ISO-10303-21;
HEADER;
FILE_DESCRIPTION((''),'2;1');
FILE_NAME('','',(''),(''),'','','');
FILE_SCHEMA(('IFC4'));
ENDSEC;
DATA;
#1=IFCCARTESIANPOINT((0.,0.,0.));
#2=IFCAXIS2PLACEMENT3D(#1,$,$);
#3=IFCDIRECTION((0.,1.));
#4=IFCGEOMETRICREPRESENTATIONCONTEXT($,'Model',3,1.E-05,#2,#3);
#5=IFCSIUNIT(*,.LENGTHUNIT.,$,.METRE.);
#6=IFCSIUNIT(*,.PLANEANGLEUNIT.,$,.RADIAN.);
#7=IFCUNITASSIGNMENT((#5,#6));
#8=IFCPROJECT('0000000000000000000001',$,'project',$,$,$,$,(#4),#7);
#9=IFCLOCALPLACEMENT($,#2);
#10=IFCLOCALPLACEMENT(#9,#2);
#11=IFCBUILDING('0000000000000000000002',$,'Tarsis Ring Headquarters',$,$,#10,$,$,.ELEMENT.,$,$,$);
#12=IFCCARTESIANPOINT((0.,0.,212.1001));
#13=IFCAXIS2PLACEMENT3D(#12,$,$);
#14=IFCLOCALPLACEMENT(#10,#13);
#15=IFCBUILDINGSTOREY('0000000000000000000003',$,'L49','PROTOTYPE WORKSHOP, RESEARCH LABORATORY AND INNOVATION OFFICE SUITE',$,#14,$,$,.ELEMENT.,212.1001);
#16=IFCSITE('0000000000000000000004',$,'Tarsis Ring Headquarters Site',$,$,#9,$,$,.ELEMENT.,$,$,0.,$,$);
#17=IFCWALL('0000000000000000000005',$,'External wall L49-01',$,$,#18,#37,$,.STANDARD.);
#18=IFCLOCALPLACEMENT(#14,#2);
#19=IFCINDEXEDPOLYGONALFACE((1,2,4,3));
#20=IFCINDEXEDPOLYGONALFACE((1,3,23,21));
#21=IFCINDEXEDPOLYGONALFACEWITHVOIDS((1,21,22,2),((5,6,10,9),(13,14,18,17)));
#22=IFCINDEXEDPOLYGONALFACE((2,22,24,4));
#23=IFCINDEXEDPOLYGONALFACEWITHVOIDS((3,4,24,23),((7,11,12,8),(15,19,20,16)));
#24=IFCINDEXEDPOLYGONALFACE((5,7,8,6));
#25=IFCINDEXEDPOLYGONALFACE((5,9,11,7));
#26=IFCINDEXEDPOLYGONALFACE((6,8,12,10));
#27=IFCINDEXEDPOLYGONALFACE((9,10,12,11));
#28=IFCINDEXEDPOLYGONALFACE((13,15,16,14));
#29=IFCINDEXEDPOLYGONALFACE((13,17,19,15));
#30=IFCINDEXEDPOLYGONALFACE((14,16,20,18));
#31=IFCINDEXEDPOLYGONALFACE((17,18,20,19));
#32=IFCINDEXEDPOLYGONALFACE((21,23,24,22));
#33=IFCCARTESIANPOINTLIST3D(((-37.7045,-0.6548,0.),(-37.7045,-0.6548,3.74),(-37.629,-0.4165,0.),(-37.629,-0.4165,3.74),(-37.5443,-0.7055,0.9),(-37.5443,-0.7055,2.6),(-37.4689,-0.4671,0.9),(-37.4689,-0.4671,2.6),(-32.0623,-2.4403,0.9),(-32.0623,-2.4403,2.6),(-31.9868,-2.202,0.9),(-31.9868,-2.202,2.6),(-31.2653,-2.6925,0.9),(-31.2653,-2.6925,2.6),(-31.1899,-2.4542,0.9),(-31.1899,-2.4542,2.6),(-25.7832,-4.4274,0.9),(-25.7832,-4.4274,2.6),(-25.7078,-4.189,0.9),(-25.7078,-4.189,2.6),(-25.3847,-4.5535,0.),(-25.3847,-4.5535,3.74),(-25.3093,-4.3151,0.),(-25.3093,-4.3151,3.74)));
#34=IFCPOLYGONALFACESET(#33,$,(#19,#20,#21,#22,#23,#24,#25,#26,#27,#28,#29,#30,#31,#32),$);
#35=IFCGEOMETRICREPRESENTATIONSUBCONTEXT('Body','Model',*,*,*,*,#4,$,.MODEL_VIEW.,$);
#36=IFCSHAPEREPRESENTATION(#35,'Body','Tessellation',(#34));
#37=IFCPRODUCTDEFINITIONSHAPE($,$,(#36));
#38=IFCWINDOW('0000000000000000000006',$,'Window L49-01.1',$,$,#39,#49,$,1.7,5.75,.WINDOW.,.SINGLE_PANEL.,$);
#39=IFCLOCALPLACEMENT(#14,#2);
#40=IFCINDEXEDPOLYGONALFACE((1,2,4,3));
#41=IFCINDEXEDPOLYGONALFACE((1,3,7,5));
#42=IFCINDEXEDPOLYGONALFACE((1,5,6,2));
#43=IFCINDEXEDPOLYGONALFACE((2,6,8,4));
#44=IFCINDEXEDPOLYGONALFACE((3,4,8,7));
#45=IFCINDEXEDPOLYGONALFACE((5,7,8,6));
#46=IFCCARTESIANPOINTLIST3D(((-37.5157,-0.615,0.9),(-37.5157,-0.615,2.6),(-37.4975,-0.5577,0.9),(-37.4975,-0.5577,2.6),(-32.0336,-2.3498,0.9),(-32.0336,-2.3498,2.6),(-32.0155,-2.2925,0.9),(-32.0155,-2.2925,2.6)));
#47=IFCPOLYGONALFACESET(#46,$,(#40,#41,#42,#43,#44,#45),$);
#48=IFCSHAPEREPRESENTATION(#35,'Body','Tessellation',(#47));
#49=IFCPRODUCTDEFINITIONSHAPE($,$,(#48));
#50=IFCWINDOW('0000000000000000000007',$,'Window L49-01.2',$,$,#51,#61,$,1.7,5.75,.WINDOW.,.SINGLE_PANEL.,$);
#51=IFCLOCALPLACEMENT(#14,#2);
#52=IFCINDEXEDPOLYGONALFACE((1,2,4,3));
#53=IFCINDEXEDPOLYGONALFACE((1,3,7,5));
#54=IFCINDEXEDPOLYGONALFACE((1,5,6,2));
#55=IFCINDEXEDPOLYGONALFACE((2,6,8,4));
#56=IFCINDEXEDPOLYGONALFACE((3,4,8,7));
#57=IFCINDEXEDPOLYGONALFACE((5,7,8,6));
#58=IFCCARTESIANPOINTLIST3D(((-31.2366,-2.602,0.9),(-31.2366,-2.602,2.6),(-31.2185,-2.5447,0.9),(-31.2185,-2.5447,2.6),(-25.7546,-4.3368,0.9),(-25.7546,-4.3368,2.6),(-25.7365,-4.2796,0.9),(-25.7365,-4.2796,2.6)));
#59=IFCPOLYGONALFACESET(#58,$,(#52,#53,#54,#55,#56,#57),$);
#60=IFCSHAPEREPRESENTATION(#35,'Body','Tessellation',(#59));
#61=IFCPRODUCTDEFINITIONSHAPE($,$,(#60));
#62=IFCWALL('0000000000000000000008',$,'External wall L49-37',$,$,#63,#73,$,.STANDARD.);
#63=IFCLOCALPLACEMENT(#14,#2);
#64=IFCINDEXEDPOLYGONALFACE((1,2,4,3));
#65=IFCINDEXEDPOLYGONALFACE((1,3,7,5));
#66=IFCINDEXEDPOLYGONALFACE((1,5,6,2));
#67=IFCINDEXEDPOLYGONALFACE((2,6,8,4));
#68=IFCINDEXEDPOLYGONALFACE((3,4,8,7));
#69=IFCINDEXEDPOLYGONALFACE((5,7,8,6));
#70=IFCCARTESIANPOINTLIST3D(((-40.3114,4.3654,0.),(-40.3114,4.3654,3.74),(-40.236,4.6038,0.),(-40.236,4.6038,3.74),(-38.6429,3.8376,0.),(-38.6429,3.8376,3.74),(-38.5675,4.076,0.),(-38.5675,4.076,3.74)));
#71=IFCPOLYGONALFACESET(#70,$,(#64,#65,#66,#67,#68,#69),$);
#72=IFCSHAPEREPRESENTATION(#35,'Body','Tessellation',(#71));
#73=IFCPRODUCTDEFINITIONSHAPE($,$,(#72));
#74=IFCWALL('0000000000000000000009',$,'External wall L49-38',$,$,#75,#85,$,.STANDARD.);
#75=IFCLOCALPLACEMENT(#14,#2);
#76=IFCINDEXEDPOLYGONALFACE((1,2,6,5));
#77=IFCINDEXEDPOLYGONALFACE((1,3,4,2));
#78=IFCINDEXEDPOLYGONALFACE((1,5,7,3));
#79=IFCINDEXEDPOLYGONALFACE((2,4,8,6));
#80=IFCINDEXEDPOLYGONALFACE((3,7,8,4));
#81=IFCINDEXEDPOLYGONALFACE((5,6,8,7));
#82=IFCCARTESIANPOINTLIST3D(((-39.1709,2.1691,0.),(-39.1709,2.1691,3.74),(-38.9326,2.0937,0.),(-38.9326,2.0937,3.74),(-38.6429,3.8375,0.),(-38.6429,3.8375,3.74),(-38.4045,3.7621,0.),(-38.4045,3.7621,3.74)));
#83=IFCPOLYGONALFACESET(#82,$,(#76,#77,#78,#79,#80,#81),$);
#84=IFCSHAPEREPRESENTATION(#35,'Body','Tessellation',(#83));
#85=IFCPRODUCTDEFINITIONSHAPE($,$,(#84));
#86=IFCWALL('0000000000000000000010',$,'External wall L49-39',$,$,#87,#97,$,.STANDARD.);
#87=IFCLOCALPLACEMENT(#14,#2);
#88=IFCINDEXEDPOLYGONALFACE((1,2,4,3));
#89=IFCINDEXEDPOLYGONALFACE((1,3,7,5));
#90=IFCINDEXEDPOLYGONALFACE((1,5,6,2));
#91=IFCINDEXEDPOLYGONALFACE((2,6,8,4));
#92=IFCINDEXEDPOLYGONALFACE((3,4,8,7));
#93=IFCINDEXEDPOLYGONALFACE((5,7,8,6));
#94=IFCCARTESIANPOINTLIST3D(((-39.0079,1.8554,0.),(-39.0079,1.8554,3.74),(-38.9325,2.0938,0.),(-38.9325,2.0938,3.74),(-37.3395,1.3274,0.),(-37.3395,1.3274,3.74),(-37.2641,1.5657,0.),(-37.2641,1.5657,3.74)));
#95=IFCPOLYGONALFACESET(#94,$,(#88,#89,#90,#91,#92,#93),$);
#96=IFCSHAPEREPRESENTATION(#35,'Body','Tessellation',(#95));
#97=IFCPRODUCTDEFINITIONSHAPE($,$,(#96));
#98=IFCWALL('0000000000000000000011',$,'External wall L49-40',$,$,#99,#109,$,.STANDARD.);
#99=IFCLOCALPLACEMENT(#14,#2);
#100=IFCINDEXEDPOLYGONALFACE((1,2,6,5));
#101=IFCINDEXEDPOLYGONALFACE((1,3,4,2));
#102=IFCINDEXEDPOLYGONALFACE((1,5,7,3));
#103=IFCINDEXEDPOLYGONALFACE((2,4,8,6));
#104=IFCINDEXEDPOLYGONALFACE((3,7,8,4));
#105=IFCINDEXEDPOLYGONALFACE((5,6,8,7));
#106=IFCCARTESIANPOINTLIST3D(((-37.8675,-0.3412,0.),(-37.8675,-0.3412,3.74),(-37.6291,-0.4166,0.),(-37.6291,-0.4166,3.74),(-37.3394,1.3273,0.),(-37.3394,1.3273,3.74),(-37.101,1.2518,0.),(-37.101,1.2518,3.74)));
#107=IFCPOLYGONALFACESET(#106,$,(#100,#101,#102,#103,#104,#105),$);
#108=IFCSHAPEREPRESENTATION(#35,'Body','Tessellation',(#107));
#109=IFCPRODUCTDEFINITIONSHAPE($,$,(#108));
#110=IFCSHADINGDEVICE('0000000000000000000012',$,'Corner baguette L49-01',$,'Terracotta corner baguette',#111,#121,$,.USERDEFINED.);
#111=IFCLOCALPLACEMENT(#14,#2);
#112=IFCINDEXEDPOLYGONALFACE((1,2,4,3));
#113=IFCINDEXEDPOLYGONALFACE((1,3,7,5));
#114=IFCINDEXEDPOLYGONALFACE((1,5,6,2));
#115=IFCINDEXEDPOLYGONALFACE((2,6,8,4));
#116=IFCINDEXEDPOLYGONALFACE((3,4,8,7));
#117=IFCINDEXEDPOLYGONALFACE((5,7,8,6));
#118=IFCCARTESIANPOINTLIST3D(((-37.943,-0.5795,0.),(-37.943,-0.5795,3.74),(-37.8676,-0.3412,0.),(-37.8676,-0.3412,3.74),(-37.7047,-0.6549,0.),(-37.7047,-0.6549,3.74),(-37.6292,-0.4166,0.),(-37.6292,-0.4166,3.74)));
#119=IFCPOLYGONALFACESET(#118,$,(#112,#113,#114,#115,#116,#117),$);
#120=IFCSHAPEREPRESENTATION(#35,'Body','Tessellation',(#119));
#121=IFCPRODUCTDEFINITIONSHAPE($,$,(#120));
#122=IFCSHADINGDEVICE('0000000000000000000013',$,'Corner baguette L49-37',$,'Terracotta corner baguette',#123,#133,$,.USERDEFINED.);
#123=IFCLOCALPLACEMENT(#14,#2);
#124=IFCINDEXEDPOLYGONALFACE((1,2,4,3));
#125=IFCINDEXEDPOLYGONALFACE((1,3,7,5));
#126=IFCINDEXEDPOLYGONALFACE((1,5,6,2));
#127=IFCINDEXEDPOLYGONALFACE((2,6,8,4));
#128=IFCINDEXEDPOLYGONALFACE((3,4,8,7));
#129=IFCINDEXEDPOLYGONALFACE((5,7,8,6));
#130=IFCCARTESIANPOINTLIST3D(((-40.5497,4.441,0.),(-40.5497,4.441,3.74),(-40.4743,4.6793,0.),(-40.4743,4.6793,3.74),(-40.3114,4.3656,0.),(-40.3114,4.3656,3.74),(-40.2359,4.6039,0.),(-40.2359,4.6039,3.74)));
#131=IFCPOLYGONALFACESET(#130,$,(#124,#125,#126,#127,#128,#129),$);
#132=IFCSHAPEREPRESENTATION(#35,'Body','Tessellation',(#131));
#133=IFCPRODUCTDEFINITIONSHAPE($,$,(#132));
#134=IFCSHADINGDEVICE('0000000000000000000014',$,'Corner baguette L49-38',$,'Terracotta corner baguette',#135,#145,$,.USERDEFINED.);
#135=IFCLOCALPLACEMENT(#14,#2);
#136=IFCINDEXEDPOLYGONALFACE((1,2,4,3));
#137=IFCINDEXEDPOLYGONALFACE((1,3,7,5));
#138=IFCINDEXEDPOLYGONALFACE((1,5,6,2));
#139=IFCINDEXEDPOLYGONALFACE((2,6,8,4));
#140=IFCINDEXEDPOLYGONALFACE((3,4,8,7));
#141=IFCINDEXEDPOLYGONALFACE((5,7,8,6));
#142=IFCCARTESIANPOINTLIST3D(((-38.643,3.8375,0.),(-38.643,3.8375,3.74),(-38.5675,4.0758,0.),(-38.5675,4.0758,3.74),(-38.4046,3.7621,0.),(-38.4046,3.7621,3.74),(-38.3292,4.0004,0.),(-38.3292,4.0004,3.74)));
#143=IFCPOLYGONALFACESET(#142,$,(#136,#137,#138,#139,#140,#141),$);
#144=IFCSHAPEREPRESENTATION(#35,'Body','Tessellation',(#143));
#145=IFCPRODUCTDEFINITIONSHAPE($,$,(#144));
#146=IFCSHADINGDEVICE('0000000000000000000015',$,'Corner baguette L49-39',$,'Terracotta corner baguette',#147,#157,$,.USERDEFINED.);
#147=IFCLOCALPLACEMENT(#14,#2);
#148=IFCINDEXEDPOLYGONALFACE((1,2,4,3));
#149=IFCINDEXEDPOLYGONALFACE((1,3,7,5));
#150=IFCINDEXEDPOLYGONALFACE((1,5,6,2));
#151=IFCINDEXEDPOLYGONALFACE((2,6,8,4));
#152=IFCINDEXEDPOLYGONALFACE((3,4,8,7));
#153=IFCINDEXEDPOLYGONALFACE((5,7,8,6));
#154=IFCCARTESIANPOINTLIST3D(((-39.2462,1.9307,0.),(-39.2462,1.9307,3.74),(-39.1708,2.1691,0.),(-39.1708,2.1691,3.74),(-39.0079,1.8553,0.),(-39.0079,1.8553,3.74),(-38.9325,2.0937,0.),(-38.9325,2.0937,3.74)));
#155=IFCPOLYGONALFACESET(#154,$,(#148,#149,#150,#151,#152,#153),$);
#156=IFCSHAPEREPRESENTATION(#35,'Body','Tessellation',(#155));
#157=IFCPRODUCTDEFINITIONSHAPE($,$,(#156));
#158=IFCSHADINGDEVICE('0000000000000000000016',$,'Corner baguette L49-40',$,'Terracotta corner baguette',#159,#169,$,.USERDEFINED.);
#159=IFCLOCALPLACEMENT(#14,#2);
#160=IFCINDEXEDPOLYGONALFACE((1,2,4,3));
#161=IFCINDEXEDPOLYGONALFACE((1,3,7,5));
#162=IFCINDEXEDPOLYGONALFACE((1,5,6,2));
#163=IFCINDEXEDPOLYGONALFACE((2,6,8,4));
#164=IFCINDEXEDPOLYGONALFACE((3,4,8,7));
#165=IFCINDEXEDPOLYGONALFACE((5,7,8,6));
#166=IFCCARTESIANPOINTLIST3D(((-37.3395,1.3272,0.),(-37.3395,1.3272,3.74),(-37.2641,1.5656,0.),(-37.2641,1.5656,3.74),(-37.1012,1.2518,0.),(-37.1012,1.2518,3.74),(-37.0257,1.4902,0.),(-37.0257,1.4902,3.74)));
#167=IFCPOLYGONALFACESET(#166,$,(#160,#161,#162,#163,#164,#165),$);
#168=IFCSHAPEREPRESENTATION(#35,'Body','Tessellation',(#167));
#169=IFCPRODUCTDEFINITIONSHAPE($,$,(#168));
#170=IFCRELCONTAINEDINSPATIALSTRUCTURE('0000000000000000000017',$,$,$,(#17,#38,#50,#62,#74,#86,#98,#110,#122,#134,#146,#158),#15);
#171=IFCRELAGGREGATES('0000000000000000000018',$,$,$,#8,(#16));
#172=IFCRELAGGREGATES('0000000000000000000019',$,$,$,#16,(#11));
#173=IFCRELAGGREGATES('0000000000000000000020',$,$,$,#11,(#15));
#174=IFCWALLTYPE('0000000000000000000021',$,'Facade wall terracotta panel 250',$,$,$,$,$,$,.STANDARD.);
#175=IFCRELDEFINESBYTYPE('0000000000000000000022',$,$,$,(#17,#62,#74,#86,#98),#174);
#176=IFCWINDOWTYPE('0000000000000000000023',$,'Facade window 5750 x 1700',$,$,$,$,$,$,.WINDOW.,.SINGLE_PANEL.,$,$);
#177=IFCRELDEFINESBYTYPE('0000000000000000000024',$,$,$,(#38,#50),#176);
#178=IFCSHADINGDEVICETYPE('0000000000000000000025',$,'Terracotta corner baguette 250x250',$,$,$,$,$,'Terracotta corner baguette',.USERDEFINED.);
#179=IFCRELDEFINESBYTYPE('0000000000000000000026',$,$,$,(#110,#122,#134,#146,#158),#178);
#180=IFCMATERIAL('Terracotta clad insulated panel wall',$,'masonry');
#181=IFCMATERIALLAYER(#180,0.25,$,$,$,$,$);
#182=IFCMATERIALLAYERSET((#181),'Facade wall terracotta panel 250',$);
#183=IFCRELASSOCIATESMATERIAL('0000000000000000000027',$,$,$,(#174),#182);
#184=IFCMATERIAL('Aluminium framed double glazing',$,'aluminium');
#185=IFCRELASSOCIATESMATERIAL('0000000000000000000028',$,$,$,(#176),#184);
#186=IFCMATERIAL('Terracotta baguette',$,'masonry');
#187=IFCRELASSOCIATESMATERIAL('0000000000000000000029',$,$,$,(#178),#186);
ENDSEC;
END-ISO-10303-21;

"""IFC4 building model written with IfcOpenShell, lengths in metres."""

from ifc_helpers import new_model, si_unit, direction, frame, frame_2d, origin, origin_2d, place, context, subcontext, project, spatial, rectangle, extrude, material, layer, layer_set, type_object, element, fill, save


model = new_model("IFC4")

# Units and contexts
model_context = context("Model", 3, precision=1e-05, world=origin(), true_north=direction((0.0, 1.0)))
body_context = subcontext(model_context, "Body", "Model", "MODEL_VIEW")
ifc_project = project(units=[si_unit("LENGTHUNIT", "METRE"), si_unit("PLANEANGLEUNIT", "RADIAN")], contexts=[model_context])

# Site, building, storey
site_placement = place(None, origin())
site = spatial("IfcSite", under=ifc_project, at=site_placement, Name="Tarsis Ring Headquarters Site", CompositionType="ELEMENT", RefElevation=0.0)
building_placement = place(site_placement, origin())
building = spatial("IfcBuilding", under=site, at=building_placement, Name="Tarsis Ring Headquarters", CompositionType="ELEMENT")
storey_placement = place(building_placement, frame((0.0, 0.0, 212.1001)))
storey = spatial("IfcBuildingStorey", under=building, at=storey_placement, Name="L49", Description="PROTOTYPE WORKSHOP, RESEARCH LABORATORY AND INNOVATION OFFICE SUITE", CompositionType="ELEMENT", Elevation=212.1001)

# Wall, openings, windows
ifc_material_1 = material(Name="Terracotta clad insulated panel wall", Category="masonry")
ifc_layer_1 = layer(ifc_material_1, 0.25)
ifc_layer_set_1 = layer_set([ifc_layer_1], Name="Facade wall terracotta panel 250")
wall_type_1 = type_object("IfcWallType", Name="Facade wall terracotta panel 250", PredefinedType="STANDARD", material=ifc_layer_set_1)
wall_1_placement = place(storey_placement, frame((-37.6667, -0.5356, 0.0), z_axis=(0.0, 0.0, 1.0), x_axis=(0.9534, -0.301709, 0.0)))
wall_1 = element("IfcWall", 1, at=wall_1_placement, inside=storey, type_object=wall_type_1, Name="External wall L49-01", PredefinedType="STANDARD", context=body_context, shape_type="SweptSolid", body=[
    extrude(rectangle(XDim=12.9219, YDim=0.25, at=frame_2d((6.4609, 0.0))), origin(), (0.0, 0.0, 1.0), 3.74),
])
opening_1_placement = place(wall_1_placement, frame((0.168, 0.0, 0.8999)))
opening_1 = element("IfcOpeningElement", 2, at=opening_1_placement, cuts=wall_1, PredefinedType="OPENING", context=body_context, shape_type="SweptSolid", body=[
    extrude(rectangle(XDim=5.75, YDim=1.7, at=frame_2d((2.875, 0.8501))), frame((0.0, 0.135, 0.0), z_axis=(0.0, -1.0, 0.0), x_axis=(1.0, 0.0, 0.0)), (0.0, 0.0, 1.0), 0.27),
])
opening_2_placement = place(wall_1_placement, frame((6.7539, 0.0, 0.8999)))
opening_2 = element("IfcOpeningElement", 3, at=opening_2_placement, cuts=wall_1, PredefinedType="OPENING", context=body_context, shape_type="SweptSolid", body=[
    extrude(rectangle(XDim=5.75, YDim=1.7, at=frame_2d((2.875, 0.8501))), frame((0.0, 0.135, 0.0), z_axis=(0.0, -1.0, 0.0), x_axis=(1.0, 0.0, 0.0)), (0.0, 0.0, 1.0), 0.27),
])
ifc_material_2 = material(Name="Aluminium framed double glazing", Category="aluminium")
window_type = type_object("IfcWindowType", Name="Facade window 5750 x 1700", PartitioningType="SINGLE_PANEL", PredefinedType="WINDOW", material=ifc_material_2)
window_1_placement = place(opening_1_placement, origin())
window_1 = element("IfcWindow", 4, at=window_1_placement, inside=storey, type_object=window_type, Name="Window L49-01.1", OverallHeight=1.7, OverallWidth=5.75, PartitioningType="SINGLE_PANEL", PredefinedType="WINDOW", context=body_context, shape_type="SweptSolid", body=[
    extrude(rectangle(XDim=5.75, YDim=1.7, at=frame_2d((2.875, 0.8501))), frame((0.0, 0.03, 0.0), z_axis=(0.0, -1.0, 0.0), x_axis=(1.0, 0.0, 0.0)), (0.0, 0.0, 1.0), 0.0601),
])
fill(opening_1, window_1)
window_2_placement = place(opening_2_placement, origin())
window_2 = element("IfcWindow", 5, at=window_2_placement, inside=storey, type_object=window_type, Name="Window L49-01.2", OverallHeight=1.7, OverallWidth=5.75, PartitioningType="SINGLE_PANEL", PredefinedType="WINDOW", context=body_context, shape_type="SweptSolid", body=[
    extrude(rectangle(XDim=5.75, YDim=1.7, at=frame_2d((2.875, 0.8501))), frame((0.0, 0.03, 0.0), z_axis=(0.0, -1.0, 0.0), x_axis=(1.0, 0.0, 0.0)), (0.0, 0.0, 1.0), 0.0601),
])
fill(opening_2, window_2)

# Walls
for number, where, z_axis, x_axis, name in (
    (6, (-40.2737, 4.4846, 0.0), (0.0, 0.0, 1.0), (0.953427, -0.301625, 0.0), "External wall L49-37"),
    (7, (-38.5237, 3.7998, 0.0), (0.0, 0.0, 1.0), (-0.301752, -0.953386, 0.0), "External wall L49-38"),
    (8, (-38.9702, 1.9746, 0.0), (0.0, 0.0, 1.0), (0.953386, -0.301752, 0.0), "External wall L49-39"),
    (9, (-37.2202, 1.2896, 0.0), (0.0, 0.0, 1.0), (-0.301752, -0.953386, 0.0), "External wall L49-40"),
):
    element("IfcWall", number, at=place(storey_placement, frame(where, z_axis=z_axis, x_axis=x_axis)), inside=storey, type_object=wall_type_1, Name=name, PredefinedType="STANDARD", context=body_context, shape_type="SweptSolid", body=[
        extrude(rectangle(XDim=1.75, YDim=0.25, at=frame_2d((0.875, 0.0))), origin(), (0.0, 0.0, 1.0), 3.74),
    ])

# Shading devices
ifc_material_3 = material(Name="Terracotta baguette", Category="masonry")
shading_device_type_1 = type_object("IfcShadingDeviceType", Name="Terracotta corner baguette 250x250", ElementType="Terracotta corner baguette", PredefinedType="USERDEFINED", material=ifc_material_3)
for number, where, z_axis, x_axis, name in (
    (10, (-37.7861, -0.498, 0.0), (0.0, 0.0, 1.0), (-0.301704, -0.953402, 0.0), "Corner baguette L49-01"),
    (11, (-40.3928, 4.5225, 0.0), (0.0, 0.0, 1.0), (-0.301704, -0.953402, 0.0), "Corner baguette L49-37"),
    (12, (-38.4861, 3.9189, 0.0), (0.0, 0.0, 1.0), (0.953402, -0.301704, 0.0), "Corner baguette L49-38"),
    (13, (-39.0894, 2.0122, 0.0), (0.0, 0.0, 1.0), (-0.301704, -0.953402, 0.0), "Corner baguette L49-39"),
    (14, (-37.1826, 1.4087, 0.0), (0.0, 0.0, 1.0), (0.953401, -0.301704, 0.0), "Corner baguette L49-40"),
):
    element("IfcShadingDevice", number, at=place(storey_placement, frame(where, z_axis=z_axis, x_axis=x_axis)), inside=storey, type_object=shading_device_type_1, Name=name, ObjectType="Terracotta corner baguette", PredefinedType="USERDEFINED", context=body_context, shape_type="SweptSolid", body=[
        extrude(rectangle(XDim=0.25, YDim=0.25, at=origin_2d()), origin(), (0.0, 0.0, 1.0), 3.74),
    ])

save(model, "model.ifc")
